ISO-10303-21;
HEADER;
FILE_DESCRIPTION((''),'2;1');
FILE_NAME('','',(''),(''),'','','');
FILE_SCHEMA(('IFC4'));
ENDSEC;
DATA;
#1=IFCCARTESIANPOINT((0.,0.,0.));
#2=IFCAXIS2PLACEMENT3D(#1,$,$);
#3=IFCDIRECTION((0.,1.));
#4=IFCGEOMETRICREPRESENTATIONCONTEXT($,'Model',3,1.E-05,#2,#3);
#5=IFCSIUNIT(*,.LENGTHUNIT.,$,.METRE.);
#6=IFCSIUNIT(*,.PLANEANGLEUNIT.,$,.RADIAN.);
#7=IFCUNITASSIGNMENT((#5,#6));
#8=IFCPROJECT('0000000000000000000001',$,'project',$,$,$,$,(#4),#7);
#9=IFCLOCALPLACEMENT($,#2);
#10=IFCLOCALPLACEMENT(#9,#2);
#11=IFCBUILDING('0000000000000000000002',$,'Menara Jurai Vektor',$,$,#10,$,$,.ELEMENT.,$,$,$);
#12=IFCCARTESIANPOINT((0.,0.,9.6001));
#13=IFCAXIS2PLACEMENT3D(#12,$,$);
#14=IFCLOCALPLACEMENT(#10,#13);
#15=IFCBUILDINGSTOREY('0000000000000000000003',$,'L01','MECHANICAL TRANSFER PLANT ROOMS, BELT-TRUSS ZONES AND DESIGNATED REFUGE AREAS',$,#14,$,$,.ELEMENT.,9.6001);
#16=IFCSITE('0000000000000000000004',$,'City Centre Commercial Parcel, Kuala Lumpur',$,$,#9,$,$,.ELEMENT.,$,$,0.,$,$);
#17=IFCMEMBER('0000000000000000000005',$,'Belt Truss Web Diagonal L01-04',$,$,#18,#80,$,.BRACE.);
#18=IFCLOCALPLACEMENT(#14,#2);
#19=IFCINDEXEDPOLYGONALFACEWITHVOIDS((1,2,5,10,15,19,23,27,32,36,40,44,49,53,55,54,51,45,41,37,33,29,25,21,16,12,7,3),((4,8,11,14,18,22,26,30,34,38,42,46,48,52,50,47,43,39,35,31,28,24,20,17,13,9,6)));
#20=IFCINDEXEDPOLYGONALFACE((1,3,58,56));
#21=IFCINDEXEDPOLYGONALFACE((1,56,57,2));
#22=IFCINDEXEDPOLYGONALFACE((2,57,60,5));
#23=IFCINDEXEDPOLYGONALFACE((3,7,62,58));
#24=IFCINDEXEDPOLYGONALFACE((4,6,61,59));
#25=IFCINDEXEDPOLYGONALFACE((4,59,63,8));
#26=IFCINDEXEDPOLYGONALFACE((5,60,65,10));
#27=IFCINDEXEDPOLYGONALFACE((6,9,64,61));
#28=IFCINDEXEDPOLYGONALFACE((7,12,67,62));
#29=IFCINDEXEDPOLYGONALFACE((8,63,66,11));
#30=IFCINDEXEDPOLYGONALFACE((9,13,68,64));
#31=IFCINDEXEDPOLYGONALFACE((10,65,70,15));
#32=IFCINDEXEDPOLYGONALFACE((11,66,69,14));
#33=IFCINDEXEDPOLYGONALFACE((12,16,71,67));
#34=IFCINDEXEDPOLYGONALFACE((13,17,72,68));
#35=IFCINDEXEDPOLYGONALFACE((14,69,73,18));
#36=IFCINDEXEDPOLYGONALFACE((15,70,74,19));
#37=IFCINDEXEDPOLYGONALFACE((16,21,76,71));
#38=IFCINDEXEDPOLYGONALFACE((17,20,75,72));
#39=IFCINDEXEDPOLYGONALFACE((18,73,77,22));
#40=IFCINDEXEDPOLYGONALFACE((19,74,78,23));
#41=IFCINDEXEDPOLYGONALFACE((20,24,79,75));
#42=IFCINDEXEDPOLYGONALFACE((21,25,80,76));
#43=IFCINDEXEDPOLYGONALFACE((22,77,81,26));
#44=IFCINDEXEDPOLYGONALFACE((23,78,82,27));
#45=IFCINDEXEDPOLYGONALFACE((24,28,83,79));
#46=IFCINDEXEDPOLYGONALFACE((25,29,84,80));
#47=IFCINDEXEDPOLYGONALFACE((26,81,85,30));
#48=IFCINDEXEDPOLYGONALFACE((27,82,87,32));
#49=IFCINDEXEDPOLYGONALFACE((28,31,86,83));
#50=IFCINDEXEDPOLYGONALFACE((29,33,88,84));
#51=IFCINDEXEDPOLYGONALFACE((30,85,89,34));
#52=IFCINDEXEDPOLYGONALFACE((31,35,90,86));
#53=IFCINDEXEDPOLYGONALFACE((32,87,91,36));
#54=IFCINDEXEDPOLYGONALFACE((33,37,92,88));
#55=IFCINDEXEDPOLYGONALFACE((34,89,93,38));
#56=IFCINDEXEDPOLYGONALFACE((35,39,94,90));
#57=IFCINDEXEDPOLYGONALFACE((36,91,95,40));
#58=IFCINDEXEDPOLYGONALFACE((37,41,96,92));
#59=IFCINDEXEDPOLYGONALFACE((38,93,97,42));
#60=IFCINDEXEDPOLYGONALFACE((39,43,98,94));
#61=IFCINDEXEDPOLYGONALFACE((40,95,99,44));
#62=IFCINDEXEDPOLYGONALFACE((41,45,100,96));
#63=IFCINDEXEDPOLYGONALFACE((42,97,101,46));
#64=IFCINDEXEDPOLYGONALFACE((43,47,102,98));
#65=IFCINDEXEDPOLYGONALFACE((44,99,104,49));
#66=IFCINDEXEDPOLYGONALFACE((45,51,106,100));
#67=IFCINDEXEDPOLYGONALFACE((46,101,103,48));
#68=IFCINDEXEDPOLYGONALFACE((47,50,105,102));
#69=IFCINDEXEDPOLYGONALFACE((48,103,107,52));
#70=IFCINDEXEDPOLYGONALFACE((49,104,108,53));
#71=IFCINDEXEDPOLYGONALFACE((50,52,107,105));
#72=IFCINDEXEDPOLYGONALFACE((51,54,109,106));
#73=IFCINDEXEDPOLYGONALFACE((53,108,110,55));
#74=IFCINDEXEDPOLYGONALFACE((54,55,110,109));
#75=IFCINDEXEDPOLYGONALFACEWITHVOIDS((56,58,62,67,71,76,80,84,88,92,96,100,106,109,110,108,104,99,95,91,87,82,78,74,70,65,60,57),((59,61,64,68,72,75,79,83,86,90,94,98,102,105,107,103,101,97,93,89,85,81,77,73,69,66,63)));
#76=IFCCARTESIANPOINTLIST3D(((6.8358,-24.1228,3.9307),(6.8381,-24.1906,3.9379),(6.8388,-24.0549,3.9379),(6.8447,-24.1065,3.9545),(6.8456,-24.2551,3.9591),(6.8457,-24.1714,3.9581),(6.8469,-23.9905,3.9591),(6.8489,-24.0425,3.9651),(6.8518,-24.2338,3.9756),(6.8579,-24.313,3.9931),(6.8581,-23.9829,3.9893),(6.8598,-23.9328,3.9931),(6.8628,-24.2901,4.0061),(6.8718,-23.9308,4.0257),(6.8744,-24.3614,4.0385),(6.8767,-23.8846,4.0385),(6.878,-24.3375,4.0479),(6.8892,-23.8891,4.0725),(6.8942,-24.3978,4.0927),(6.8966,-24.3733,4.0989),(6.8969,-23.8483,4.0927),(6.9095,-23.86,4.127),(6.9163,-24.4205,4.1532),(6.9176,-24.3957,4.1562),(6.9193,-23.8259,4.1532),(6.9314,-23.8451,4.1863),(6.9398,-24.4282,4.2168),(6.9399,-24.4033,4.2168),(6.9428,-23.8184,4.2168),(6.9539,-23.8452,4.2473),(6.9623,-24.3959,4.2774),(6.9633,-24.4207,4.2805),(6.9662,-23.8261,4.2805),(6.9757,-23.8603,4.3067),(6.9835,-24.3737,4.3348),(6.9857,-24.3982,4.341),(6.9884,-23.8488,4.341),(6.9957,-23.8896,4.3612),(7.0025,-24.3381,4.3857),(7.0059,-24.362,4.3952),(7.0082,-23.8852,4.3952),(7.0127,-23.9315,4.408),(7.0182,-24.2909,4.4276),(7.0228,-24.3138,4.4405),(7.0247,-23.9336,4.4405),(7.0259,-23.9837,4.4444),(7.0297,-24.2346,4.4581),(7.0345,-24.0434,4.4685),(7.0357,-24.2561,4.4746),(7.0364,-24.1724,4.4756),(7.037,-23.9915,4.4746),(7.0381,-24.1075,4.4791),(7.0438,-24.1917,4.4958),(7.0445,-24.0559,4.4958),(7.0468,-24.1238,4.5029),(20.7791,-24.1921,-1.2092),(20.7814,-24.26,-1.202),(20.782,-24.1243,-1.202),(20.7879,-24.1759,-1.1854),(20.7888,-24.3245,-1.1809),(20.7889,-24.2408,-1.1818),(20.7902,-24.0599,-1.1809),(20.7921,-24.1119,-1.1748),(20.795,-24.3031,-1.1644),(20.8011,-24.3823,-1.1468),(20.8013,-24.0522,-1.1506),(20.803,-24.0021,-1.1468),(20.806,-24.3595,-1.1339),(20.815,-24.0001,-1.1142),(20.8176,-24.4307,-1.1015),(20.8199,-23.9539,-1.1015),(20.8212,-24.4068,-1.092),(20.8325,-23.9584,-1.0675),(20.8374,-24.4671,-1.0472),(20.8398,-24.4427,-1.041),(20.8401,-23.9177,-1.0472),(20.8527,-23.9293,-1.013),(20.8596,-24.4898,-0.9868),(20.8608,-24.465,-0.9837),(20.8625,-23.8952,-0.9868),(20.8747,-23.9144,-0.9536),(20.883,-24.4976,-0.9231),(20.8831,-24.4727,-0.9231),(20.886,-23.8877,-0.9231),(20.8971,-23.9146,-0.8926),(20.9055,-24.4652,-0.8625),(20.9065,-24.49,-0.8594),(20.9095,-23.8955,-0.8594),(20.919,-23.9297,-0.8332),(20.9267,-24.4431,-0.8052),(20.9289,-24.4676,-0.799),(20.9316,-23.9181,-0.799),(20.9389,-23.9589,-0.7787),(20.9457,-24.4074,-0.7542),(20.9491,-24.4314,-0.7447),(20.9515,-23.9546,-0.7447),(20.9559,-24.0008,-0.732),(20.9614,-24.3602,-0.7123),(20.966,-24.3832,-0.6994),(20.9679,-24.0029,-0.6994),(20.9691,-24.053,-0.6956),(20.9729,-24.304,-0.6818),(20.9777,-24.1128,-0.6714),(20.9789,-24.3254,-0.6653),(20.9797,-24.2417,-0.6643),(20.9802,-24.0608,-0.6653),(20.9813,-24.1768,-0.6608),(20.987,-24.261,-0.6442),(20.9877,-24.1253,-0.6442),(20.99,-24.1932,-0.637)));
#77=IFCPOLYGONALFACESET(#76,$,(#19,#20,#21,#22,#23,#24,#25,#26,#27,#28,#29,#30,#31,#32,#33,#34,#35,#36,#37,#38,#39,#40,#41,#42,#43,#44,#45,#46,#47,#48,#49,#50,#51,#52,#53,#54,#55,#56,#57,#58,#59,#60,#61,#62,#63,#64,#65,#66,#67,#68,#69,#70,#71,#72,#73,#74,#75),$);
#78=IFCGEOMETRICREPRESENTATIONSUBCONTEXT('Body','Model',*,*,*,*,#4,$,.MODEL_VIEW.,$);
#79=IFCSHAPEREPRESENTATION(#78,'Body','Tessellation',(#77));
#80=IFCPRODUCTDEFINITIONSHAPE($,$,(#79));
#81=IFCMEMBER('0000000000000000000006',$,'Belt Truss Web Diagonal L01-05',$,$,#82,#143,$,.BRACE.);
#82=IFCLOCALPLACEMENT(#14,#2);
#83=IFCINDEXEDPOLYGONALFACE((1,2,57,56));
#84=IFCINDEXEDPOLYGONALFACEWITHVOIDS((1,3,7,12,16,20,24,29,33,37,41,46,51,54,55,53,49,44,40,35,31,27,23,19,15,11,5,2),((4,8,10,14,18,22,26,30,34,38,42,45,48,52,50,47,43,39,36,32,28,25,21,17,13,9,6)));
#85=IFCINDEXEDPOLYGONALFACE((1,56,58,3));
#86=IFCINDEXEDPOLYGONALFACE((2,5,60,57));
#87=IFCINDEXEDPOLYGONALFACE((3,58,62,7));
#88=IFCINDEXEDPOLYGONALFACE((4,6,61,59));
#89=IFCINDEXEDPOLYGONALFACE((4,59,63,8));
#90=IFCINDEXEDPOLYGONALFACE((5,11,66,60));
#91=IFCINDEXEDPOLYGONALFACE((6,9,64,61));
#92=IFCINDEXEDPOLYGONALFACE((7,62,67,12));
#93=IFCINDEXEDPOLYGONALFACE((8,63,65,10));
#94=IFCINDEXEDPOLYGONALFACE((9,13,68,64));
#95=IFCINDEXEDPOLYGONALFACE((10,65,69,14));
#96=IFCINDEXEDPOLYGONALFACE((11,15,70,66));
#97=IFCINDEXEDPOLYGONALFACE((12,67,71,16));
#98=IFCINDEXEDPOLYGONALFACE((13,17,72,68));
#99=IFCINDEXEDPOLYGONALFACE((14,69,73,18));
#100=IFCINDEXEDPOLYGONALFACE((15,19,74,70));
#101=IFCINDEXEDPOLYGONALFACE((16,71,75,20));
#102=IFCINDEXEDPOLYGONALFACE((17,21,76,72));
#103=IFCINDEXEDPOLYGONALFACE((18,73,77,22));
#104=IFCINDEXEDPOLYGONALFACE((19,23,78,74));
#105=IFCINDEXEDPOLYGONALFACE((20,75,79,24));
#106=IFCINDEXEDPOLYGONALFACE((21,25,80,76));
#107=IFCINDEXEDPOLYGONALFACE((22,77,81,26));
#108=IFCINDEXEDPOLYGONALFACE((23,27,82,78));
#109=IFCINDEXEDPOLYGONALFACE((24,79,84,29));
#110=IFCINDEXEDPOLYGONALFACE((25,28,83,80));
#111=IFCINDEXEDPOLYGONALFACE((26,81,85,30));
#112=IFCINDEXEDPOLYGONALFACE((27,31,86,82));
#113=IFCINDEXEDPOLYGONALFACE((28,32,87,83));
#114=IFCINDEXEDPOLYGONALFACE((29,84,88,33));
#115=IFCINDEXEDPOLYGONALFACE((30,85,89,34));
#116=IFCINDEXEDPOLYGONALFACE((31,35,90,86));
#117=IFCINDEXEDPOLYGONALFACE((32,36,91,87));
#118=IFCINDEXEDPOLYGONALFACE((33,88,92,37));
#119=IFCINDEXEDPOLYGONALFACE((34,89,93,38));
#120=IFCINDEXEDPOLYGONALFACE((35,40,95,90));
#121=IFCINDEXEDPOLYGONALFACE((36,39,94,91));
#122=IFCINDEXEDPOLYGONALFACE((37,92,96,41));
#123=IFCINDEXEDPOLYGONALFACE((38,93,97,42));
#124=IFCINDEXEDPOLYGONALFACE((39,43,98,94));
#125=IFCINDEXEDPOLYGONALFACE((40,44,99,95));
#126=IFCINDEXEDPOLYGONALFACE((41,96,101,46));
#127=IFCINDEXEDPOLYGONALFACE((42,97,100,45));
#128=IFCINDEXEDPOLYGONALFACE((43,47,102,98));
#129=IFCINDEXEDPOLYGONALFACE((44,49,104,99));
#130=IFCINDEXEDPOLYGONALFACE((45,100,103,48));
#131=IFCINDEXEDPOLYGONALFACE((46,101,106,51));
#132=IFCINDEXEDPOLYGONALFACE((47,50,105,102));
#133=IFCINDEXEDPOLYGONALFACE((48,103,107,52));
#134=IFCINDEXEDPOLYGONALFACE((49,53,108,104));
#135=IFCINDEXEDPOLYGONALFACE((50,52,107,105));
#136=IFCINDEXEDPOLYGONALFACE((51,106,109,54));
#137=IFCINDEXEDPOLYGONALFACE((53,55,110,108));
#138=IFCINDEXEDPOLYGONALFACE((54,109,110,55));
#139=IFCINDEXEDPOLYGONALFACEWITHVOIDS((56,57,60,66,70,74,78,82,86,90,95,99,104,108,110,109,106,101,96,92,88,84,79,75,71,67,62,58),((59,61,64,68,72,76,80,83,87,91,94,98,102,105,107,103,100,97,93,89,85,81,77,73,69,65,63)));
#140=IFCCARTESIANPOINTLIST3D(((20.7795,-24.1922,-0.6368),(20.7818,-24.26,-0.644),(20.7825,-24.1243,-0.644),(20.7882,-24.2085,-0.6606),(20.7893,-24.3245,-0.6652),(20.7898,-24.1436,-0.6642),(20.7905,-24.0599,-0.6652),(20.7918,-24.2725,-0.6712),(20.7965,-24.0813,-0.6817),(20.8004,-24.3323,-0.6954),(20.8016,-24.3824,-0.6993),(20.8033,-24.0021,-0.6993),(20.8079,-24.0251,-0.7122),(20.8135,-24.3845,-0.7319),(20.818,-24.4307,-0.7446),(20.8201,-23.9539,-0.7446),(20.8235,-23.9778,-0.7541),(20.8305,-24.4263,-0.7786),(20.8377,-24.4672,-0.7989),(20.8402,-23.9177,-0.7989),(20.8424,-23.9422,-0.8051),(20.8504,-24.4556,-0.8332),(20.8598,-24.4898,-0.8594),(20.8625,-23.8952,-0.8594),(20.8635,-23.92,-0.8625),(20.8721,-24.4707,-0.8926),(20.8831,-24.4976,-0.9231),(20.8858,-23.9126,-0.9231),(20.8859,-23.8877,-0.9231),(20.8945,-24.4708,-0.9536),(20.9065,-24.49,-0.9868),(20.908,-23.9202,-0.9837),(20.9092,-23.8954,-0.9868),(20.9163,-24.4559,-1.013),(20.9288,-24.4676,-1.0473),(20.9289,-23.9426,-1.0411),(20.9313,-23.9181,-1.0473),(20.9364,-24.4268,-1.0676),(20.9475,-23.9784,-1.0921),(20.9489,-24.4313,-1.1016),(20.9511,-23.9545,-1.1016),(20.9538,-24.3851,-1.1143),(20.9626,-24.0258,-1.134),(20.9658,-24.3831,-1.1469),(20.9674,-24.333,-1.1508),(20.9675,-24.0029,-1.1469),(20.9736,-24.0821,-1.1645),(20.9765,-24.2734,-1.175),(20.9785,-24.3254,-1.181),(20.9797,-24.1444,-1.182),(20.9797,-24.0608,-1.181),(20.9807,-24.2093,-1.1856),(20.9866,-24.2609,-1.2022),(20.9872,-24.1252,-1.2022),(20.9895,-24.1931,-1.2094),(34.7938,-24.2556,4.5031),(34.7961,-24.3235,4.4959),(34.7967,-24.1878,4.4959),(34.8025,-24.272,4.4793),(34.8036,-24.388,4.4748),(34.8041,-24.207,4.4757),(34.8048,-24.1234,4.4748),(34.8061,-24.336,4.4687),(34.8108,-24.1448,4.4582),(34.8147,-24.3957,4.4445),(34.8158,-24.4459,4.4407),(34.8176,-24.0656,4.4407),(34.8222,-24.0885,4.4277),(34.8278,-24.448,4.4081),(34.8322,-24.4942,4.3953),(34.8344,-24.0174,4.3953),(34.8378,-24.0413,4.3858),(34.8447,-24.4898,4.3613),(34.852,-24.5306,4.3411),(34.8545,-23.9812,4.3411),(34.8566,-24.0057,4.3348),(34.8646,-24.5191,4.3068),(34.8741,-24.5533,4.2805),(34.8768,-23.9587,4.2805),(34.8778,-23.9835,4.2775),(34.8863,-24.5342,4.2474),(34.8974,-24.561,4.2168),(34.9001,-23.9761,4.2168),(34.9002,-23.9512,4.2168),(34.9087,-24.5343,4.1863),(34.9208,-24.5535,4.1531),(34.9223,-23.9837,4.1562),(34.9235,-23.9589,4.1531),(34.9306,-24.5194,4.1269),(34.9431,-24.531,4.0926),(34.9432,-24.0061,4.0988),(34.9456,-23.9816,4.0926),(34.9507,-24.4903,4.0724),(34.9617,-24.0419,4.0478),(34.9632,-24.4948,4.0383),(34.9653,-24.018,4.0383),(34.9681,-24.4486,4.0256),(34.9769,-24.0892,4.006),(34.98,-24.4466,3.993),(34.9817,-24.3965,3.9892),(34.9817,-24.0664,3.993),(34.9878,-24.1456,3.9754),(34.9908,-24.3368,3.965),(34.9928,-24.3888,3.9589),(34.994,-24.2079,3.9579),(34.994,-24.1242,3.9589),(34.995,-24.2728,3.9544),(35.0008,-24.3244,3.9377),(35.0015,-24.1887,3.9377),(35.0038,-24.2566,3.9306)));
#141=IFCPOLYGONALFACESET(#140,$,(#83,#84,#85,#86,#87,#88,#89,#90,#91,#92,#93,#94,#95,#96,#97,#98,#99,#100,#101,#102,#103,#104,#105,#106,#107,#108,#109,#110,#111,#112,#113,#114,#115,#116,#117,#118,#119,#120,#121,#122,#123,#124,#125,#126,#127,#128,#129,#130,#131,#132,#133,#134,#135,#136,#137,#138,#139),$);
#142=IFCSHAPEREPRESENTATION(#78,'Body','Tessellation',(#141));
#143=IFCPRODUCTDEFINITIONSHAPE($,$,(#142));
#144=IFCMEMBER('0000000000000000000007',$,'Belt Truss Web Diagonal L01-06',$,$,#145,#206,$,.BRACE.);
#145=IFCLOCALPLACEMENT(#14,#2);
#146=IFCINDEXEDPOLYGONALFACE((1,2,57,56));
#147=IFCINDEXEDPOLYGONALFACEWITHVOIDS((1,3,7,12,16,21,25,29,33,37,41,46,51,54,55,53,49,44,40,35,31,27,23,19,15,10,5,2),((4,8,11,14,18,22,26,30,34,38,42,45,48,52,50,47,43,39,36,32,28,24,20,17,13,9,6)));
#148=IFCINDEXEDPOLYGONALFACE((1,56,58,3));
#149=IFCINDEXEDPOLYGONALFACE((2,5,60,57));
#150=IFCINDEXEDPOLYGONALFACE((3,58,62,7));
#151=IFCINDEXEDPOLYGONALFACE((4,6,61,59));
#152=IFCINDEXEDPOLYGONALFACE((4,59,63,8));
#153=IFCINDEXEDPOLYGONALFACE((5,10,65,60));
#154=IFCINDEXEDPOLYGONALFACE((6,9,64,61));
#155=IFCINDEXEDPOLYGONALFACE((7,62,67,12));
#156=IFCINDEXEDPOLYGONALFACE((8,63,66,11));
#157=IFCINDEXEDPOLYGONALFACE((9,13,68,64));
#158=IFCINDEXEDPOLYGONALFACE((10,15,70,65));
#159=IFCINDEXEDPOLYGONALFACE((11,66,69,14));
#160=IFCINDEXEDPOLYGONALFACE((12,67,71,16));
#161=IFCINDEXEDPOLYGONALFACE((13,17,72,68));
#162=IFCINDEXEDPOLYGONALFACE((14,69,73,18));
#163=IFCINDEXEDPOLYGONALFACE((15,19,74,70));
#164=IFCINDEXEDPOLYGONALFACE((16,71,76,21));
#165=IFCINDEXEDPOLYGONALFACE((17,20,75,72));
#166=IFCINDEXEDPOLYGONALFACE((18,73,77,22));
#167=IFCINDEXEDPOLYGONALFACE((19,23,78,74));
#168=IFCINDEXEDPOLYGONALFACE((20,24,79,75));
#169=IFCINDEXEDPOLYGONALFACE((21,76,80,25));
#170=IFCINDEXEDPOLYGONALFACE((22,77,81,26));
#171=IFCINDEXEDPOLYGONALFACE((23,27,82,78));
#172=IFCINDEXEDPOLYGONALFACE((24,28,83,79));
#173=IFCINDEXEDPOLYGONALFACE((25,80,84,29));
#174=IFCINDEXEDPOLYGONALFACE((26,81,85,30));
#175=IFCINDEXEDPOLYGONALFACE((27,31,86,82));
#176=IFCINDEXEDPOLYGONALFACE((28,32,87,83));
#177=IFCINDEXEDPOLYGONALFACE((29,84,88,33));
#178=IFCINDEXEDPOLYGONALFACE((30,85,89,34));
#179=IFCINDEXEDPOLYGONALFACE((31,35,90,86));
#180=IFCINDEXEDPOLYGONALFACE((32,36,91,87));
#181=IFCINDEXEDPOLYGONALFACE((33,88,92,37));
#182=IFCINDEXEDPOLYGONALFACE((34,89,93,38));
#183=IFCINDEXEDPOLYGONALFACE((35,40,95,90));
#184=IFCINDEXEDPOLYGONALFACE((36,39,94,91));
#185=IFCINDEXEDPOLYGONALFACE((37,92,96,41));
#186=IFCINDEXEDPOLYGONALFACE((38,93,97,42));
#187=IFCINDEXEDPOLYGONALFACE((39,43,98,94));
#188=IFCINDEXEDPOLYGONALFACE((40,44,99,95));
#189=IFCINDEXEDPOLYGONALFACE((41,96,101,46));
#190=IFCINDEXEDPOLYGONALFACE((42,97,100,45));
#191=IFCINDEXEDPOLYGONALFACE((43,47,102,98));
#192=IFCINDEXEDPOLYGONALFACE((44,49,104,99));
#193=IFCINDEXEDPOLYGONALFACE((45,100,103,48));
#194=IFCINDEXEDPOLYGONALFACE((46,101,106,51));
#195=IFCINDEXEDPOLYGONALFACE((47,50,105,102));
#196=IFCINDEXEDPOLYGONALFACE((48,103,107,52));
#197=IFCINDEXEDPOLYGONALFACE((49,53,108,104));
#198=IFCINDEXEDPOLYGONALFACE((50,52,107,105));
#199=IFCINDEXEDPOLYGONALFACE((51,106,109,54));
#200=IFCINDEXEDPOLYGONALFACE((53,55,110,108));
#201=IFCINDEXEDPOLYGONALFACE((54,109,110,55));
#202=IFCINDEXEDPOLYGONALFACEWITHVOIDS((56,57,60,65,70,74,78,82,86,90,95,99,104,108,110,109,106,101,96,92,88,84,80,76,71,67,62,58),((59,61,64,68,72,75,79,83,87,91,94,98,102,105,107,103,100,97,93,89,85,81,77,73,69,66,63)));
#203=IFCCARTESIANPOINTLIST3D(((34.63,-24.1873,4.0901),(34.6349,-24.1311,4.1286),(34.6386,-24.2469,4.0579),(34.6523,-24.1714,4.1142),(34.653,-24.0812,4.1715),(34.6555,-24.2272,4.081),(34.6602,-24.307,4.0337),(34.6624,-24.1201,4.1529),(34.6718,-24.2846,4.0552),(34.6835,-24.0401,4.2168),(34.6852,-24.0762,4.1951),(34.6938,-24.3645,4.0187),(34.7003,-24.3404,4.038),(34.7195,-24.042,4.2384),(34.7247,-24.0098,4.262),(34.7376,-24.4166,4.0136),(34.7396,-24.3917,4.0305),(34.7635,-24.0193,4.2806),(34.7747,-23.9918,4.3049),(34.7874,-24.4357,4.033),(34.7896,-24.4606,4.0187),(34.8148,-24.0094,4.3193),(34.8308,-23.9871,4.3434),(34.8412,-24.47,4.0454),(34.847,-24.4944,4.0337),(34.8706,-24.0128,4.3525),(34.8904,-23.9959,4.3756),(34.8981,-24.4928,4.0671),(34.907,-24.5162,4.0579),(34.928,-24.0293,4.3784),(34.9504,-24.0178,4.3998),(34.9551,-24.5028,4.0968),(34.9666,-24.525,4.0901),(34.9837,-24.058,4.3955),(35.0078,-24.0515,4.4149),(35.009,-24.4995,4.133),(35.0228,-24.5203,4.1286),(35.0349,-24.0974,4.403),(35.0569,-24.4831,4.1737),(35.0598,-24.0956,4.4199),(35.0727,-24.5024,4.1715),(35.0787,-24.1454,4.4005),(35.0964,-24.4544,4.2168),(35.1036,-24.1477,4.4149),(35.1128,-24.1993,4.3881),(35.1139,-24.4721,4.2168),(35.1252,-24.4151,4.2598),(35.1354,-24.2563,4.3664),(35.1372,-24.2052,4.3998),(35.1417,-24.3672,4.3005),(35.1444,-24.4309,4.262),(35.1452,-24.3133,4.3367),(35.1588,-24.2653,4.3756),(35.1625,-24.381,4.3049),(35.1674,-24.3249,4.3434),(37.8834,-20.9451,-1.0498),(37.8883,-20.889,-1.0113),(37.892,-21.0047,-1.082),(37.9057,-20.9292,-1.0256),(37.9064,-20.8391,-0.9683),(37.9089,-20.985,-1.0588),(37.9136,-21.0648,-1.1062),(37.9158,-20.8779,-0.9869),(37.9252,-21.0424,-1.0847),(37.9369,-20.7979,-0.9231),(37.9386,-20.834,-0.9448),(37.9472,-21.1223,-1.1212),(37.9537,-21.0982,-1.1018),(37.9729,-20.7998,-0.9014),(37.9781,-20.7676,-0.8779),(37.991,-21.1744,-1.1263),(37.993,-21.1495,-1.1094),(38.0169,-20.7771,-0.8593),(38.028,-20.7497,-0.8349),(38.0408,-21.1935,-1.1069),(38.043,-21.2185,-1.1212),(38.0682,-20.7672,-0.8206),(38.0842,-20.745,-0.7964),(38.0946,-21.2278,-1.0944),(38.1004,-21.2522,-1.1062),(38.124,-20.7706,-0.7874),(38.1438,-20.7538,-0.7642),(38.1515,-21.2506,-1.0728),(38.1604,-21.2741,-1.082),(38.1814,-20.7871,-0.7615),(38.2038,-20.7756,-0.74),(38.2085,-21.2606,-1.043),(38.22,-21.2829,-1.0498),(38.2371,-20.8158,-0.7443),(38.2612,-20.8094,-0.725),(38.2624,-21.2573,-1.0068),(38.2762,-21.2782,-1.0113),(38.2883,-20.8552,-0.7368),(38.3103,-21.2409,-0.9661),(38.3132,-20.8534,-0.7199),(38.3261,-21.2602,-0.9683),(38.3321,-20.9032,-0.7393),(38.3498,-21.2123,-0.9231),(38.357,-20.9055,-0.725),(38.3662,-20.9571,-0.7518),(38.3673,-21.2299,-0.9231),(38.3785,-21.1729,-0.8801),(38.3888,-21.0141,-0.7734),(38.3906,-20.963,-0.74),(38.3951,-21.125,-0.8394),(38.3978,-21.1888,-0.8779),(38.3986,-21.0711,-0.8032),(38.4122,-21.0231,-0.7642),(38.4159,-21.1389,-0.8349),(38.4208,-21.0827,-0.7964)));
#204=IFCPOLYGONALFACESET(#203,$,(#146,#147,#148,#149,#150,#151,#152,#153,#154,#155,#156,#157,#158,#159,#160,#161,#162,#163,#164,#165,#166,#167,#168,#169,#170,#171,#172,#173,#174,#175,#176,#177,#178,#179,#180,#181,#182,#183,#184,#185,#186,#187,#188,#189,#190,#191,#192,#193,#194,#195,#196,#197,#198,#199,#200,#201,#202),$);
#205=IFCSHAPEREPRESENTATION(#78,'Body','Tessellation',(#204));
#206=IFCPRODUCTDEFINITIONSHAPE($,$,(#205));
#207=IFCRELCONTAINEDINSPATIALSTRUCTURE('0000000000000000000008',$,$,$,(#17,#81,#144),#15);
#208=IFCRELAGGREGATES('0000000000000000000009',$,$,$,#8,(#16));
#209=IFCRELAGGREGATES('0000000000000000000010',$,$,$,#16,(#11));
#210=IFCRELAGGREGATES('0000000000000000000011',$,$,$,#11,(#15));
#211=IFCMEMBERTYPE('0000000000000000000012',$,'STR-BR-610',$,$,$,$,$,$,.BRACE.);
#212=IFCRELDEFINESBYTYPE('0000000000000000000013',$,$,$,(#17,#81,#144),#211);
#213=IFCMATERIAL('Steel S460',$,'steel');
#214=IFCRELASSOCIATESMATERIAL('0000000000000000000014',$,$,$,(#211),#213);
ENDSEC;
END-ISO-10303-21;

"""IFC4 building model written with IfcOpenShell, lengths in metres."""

from ifc_helpers import new_model, si_unit, direction, frame, origin, origin_2d, place, context, subcontext, project, spatial, hollow_circle, extrude, material, material_profile, profile_set, type_object, element, save


model = new_model("IFC4")

# Units and contexts
model_context = context("Model", 3, precision=1e-05, world=origin(), true_north=direction((0.0, 1.0)))
body_context = subcontext(model_context, "Body", "Model", "MODEL_VIEW")
ifc_project = project(units=[si_unit("LENGTHUNIT", "METRE"), si_unit("PLANEANGLEUNIT", "RADIAN")], contexts=[model_context])

# Site, building, storey
site_placement = place(None, origin())
site = spatial("IfcSite", under=ifc_project, at=site_placement, Name="City Centre Commercial Parcel, Kuala Lumpur", CompositionType="ELEMENT", RefElevation=0.0)
building_placement = place(site_placement, origin())
building = spatial("IfcBuilding", under=site, at=building_placement, Name="Menara Jurai Vektor", CompositionType="ELEMENT")
storey_placement = place(building_placement, frame((0.0, 0.0, 9.6001)))
storey = spatial("IfcBuildingStorey", under=building, at=storey_placement, Name="L01", Description="MECHANICAL TRANSFER PLANT ROOMS, BELT-TRUSS ZONES AND DESIGNATED REFUGE AREAS", CompositionType="ELEMENT", Elevation=9.6001)

# Shared definitions
ifc_material_1 = material(Name="Steel S460", Category="steel")

# Members
ifc_material_profile_1 = material_profile(ifc_material_1, hollow_circle(Radius=0.3049, WallThickness=0.0249, at=origin_2d()), Name="CHS 610x25")
ifc_profile_set_1 = profile_set([ifc_material_profile_1], Name="Steel S460")
member_type_1 = type_object("IfcMemberType", Name="STR-BR-610", PredefinedType="BRACE", material=ifc_profile_set_1)
member_1_placement = place(storey_placement, frame((20.8845, -24.1926, -0.9231), z_axis=(-0.938268, 0.004666, 0.345877), x_axis=(-0.004973, -0.999988, 0.0)))
element("IfcMember", 1, at=member_1_placement, inside=storey, type_object=member_type_1, Name="Belt Truss Web Diagonal L01-04", PredefinedType="BRACE", context=body_context, shape_type="SweptSolid", body=[
    extrude(hollow_circle(Radius=0.3049, WallThickness=0.0249, at=origin_2d()), origin(), (0.0, 0.0, 1.0), 14.8606),
])
member_2_placement = place(storey_placement, frame((20.8845, -24.1926, -0.9231), z_axis=(0.938838, -0.004252, 0.344332), x_axis=(0.004529, 0.99999, 0.0)))
element("IfcMember", 2, at=member_2_placement, inside=storey, type_object=member_type_1, Name="Belt Truss Web Diagonal L01-05", PredefinedType="BRACE", context=body_context, shape_type="SweptSolid", body=[
    extrude(hollow_circle(Radius=0.3049, WallThickness=0.0249, at=origin_2d()), origin(), (0.0, 0.0, 1.0), 14.9272),
])
member_3_placement = place(storey_placement, frame((38.1521, -21.0139, -0.9231), z_axis=(-0.471981, -0.470352, 0.745656), x_axis=(0.705883, -0.708328, 0.0)))
element("IfcMember", 3, at=member_3_placement, inside=storey, type_object=member_type_1, Name="Belt Truss Web Diagonal L01-06", PredefinedType="BRACE", context=body_context, shape_type="SweptSolid", body=[
    extrude(hollow_circle(Radius=0.3049, WallThickness=0.0249, at=origin_2d()), origin(), (0.0, 0.0, 1.0), 6.8931),
])

save(model, "model.ifc")
